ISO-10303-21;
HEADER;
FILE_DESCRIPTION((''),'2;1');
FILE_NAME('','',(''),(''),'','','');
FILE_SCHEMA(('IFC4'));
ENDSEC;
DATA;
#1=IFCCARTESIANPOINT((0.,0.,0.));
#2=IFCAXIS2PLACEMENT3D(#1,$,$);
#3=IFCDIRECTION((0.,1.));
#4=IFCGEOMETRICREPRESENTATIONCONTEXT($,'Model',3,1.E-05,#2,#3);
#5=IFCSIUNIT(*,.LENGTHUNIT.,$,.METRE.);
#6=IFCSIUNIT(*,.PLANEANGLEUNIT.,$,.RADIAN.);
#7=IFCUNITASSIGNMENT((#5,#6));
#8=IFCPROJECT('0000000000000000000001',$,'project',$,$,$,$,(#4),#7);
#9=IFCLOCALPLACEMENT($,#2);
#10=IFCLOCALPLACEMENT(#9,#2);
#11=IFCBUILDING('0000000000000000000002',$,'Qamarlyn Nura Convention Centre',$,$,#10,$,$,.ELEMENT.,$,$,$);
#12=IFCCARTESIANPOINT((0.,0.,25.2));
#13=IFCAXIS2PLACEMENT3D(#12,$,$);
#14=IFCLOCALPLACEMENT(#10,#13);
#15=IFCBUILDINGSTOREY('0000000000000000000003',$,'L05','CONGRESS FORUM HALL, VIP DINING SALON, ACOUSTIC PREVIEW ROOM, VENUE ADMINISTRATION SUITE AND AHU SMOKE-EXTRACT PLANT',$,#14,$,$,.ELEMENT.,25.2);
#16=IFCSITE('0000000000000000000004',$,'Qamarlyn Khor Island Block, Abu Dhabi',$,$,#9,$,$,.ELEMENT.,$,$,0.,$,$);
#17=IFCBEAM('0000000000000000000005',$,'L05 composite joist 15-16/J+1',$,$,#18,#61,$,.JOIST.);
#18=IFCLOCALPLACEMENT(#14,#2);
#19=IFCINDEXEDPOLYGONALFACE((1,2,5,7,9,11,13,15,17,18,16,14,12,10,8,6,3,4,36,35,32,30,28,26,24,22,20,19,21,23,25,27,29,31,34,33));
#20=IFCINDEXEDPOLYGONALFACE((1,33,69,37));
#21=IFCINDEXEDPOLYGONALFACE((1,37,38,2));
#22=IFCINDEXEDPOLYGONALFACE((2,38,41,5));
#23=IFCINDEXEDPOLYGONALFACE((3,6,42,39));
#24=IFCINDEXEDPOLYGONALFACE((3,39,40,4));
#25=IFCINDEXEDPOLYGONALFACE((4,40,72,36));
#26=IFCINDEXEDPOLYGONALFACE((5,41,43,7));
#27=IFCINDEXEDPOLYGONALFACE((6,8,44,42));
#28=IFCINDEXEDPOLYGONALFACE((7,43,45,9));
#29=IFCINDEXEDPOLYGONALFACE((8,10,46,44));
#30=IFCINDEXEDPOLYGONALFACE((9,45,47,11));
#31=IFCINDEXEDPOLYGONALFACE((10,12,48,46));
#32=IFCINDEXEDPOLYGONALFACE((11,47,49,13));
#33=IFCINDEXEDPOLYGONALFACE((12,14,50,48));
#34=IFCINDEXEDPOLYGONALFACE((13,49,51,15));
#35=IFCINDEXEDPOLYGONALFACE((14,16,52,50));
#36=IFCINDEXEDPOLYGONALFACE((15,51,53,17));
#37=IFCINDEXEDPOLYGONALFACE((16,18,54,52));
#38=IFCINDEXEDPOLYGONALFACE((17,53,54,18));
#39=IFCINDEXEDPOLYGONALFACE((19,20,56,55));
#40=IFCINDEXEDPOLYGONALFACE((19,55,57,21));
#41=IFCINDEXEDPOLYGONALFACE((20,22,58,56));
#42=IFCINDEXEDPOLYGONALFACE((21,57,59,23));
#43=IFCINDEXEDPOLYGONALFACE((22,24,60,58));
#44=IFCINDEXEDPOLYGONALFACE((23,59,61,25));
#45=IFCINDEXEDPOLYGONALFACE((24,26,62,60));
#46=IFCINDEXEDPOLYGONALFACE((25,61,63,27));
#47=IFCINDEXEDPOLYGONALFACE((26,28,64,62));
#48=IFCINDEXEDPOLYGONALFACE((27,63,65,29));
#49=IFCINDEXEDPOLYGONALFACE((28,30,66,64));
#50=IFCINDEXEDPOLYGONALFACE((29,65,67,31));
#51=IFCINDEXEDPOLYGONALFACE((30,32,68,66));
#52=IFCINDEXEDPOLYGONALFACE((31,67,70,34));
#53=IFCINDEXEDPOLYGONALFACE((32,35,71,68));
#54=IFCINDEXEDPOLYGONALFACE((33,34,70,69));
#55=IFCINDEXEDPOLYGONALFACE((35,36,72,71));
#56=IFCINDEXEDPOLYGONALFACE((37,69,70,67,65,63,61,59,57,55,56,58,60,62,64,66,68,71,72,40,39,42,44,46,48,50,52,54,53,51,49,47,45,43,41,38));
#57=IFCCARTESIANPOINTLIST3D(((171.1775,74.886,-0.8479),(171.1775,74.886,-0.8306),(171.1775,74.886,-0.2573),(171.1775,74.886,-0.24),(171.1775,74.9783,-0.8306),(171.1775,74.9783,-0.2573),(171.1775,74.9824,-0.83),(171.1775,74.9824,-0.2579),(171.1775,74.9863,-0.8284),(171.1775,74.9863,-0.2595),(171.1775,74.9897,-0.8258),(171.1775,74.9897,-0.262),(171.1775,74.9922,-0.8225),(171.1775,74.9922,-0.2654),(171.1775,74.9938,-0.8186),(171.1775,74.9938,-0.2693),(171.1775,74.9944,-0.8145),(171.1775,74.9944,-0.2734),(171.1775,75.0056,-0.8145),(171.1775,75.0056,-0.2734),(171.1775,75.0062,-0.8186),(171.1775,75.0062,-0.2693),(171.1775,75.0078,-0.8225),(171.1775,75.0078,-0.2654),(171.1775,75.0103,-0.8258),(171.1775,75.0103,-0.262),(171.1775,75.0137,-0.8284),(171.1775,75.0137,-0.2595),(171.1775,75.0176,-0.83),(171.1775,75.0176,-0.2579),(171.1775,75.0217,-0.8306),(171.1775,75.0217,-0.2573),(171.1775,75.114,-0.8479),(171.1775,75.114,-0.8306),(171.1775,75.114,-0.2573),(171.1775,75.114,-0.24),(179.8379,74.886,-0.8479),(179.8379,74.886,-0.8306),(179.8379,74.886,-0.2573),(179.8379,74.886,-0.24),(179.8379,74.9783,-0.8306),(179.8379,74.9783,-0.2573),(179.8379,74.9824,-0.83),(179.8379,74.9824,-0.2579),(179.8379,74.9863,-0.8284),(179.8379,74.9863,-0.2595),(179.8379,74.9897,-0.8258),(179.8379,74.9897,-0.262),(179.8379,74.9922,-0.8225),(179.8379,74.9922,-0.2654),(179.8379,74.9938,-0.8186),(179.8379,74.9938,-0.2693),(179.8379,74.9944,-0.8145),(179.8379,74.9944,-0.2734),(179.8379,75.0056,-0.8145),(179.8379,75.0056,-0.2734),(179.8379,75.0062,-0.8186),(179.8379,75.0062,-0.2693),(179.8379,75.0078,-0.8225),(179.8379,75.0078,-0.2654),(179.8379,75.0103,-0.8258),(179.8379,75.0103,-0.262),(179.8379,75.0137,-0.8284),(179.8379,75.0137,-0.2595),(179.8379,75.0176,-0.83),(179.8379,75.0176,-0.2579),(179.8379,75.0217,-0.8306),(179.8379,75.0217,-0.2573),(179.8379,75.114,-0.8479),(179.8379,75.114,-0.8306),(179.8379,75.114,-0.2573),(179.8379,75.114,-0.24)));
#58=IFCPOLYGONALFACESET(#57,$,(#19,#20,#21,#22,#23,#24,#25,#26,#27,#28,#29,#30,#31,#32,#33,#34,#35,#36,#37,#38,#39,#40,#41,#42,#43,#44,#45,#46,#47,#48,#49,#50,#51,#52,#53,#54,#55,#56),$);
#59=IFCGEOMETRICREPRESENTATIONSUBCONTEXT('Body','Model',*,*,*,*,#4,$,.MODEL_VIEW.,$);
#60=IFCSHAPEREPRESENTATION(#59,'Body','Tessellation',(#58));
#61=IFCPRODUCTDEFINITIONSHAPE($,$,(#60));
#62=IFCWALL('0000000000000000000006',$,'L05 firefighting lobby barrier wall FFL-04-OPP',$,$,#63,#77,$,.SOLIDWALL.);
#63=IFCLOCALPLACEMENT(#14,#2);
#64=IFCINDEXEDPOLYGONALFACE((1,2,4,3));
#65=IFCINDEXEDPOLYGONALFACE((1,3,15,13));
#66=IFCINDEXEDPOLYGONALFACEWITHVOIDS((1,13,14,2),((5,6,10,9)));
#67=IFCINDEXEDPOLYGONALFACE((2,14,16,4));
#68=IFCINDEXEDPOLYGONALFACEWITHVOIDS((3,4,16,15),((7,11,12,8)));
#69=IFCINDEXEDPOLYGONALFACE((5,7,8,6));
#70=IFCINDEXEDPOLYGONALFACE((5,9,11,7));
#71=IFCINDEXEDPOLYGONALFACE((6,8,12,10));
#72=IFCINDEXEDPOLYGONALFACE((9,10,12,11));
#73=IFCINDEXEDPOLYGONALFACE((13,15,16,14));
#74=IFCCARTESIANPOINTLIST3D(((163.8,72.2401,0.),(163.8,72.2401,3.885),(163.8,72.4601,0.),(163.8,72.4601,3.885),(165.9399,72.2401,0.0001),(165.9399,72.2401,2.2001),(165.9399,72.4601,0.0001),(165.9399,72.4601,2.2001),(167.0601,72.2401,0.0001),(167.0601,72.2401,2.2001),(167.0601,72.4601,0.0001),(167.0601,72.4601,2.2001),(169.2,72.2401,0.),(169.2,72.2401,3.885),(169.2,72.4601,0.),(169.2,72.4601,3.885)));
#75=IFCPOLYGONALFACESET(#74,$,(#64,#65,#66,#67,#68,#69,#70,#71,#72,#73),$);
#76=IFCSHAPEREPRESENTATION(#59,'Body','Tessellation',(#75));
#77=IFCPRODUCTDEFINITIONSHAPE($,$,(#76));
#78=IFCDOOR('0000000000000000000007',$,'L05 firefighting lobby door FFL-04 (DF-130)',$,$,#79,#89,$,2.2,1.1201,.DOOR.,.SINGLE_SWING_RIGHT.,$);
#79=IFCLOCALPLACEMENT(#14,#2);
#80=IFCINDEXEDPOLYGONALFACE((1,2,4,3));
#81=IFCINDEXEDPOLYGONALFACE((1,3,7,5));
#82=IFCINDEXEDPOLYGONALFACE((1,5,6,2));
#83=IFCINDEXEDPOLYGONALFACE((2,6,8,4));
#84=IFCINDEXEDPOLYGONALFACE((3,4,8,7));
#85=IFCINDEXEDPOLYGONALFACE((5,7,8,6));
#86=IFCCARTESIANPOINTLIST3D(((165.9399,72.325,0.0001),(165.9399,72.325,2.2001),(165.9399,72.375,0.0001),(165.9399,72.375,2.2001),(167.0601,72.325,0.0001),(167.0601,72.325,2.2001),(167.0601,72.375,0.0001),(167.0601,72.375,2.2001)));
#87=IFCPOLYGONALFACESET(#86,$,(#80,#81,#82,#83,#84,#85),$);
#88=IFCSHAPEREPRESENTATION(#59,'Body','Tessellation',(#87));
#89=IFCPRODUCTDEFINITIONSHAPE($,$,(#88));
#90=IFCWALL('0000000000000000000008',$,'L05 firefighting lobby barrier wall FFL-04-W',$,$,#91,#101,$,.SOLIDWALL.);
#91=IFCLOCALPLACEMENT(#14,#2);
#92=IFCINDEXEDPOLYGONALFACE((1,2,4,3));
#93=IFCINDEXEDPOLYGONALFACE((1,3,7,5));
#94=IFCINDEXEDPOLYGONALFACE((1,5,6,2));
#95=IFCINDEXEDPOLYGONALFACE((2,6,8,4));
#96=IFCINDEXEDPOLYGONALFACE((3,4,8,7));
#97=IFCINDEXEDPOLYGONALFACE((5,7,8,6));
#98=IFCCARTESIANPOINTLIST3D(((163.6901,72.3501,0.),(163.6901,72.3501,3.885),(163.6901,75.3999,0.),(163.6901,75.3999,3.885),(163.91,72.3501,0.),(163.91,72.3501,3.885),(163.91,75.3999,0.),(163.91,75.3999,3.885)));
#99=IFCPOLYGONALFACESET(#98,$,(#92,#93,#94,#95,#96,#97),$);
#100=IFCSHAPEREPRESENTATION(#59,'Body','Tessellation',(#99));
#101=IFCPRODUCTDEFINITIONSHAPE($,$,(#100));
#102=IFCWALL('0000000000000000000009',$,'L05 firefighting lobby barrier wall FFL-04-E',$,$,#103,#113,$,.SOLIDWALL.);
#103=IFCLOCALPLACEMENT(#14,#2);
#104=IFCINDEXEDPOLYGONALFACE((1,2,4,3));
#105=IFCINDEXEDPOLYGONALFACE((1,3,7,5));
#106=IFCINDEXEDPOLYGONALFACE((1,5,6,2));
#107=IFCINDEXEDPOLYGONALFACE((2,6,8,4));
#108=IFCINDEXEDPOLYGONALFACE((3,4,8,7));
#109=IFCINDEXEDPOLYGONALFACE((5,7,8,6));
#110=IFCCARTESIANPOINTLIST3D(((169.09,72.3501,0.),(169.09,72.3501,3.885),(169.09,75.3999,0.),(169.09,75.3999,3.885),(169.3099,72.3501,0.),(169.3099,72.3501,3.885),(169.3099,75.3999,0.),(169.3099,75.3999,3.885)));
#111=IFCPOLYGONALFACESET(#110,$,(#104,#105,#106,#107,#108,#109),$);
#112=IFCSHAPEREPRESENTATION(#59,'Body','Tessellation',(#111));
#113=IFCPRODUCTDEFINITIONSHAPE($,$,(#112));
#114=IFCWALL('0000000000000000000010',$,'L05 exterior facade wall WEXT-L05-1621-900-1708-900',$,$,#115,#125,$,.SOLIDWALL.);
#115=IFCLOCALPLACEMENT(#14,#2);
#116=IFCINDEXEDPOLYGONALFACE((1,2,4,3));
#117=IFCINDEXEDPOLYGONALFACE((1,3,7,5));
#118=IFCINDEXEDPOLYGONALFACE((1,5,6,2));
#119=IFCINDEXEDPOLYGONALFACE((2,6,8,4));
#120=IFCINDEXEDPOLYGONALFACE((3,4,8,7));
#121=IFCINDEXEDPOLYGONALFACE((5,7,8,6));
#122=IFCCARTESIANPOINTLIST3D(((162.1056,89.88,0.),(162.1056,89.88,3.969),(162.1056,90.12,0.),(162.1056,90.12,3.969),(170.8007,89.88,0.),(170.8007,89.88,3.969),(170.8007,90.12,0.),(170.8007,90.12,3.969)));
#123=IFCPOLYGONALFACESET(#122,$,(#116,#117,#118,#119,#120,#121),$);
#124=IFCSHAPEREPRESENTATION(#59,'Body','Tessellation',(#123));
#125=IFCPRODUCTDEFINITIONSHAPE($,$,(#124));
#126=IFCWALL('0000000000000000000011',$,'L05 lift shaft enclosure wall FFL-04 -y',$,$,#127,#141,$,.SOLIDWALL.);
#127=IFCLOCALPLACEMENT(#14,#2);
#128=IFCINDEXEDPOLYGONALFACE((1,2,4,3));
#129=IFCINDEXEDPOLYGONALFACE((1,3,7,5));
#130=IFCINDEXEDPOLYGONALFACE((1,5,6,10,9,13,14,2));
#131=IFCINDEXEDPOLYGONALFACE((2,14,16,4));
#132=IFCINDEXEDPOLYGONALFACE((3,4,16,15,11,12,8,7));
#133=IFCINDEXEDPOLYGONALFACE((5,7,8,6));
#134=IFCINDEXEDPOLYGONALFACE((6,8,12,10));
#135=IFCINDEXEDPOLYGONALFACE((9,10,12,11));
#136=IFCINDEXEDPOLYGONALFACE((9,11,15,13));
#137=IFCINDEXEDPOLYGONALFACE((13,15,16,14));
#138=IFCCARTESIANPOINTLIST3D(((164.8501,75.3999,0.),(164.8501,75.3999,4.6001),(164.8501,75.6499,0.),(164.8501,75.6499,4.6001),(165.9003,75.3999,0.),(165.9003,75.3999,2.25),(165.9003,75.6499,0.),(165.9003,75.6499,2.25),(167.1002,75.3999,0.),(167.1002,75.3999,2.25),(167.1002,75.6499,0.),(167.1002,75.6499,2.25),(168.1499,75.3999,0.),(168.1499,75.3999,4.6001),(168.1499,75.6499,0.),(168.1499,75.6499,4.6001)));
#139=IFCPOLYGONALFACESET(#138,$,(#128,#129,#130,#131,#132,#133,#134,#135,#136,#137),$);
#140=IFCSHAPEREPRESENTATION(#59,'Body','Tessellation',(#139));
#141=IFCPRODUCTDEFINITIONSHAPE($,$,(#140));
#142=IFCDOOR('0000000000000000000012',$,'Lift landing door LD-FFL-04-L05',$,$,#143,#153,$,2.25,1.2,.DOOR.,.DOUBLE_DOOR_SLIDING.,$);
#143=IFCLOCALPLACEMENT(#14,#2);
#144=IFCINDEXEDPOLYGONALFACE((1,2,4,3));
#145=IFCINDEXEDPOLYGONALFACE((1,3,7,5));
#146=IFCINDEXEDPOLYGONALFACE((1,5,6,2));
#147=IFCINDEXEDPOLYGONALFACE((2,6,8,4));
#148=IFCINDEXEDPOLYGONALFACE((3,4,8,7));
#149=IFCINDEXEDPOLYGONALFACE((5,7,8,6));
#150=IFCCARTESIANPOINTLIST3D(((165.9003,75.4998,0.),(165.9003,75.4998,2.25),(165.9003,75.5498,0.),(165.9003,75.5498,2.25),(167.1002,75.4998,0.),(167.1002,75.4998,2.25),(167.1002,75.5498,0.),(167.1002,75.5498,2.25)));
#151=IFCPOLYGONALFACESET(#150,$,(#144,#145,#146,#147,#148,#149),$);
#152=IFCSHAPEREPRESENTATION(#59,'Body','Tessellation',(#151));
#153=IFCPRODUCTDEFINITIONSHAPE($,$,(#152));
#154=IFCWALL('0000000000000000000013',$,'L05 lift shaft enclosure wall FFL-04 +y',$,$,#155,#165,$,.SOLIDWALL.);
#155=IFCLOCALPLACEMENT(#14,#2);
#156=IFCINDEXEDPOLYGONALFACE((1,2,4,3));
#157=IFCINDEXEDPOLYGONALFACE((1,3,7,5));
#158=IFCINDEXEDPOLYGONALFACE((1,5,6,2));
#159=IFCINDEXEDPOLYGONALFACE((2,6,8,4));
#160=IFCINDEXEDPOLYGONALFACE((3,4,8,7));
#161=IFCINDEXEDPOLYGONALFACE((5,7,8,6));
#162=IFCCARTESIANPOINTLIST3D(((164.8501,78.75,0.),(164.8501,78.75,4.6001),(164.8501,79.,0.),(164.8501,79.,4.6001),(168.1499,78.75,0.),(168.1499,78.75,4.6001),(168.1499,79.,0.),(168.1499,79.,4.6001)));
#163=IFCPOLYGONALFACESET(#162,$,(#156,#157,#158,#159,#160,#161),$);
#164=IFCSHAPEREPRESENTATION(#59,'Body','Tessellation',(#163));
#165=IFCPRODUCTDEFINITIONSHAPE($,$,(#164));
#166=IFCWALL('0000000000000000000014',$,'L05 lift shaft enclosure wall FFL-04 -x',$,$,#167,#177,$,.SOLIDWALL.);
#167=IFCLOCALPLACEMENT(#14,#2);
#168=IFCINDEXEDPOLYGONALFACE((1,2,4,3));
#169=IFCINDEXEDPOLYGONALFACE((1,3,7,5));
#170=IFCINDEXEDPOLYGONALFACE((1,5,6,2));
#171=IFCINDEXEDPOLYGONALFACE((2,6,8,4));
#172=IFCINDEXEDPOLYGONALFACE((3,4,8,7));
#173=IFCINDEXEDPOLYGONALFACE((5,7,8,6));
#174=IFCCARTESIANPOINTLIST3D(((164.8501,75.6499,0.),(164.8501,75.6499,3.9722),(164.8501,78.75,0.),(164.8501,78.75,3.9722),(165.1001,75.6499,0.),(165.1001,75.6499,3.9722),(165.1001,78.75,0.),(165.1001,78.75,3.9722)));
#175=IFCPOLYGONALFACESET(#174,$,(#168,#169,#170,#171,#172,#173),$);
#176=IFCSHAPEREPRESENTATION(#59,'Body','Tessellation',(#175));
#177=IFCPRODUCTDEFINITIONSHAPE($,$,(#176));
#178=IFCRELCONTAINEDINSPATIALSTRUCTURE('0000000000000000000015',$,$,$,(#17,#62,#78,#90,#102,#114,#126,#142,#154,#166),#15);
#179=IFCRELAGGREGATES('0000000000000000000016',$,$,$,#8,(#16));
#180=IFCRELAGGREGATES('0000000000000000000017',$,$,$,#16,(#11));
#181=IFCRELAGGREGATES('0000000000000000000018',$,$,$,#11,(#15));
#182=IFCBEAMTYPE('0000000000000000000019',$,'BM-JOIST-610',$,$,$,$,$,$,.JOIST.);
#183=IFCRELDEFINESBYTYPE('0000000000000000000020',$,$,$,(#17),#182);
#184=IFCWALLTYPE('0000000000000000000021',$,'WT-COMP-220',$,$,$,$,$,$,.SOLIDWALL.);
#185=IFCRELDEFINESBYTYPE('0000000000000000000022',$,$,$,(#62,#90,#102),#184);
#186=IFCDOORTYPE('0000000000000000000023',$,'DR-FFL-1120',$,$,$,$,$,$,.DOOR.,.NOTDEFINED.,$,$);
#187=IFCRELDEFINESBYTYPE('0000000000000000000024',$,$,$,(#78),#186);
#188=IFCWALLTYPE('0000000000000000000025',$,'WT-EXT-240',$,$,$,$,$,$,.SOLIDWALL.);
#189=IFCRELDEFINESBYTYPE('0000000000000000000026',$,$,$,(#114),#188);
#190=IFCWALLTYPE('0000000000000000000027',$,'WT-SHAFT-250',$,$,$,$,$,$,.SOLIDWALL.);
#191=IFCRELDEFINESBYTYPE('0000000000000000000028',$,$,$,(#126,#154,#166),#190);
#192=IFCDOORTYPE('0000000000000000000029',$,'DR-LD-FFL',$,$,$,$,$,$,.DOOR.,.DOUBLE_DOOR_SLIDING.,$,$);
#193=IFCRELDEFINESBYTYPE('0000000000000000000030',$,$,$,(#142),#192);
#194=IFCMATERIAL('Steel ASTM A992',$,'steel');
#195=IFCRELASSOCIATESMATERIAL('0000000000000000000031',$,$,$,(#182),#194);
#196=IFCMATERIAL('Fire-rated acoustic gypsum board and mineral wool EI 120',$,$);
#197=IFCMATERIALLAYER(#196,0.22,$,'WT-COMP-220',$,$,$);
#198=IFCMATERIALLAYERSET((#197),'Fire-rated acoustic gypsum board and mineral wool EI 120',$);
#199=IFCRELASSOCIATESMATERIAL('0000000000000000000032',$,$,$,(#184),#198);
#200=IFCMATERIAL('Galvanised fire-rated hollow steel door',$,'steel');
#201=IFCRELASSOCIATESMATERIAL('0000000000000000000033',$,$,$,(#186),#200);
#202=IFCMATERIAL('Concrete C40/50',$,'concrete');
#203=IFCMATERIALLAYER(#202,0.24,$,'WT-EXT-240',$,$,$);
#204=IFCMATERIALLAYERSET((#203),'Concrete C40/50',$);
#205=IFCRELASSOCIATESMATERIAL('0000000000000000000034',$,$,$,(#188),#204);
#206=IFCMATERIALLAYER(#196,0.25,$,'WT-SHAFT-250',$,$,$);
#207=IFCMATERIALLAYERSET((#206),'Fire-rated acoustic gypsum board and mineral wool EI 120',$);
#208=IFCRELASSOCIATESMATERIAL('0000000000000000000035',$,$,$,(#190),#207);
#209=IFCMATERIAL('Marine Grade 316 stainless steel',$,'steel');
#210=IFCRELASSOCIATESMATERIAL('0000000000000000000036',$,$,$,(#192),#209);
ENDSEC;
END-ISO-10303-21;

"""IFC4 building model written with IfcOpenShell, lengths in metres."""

from ifc_helpers import new_model, si_unit, direction, frame, frame_2d, origin, origin_2d, place, context, subcontext, project, spatial, rectangle, i_section, extrude, material, layer, layer_set, material_profile, profile_set, type_object, element, fill, save


model = new_model("IFC4")

# Units and contexts
model_context = context("Model", 3, precision=1e-05, world=origin(), true_north=direction((0.0, 1.0)))
body_context = subcontext(model_context, "Body", "Model", "MODEL_VIEW")
ifc_project = project(units=[si_unit("LENGTHUNIT", "METRE"), si_unit("PLANEANGLEUNIT", "RADIAN")], contexts=[model_context])

# Site, building, storey
site_placement = place(None, origin())
site = spatial("IfcSite", under=ifc_project, at=site_placement, Name="Qamarlyn Khor Island Block, Abu Dhabi", CompositionType="ELEMENT", RefElevation=0.0)
building_placement = place(site_placement, origin())
building = spatial("IfcBuilding", under=site, at=building_placement, Name="Qamarlyn Nura Convention Centre", CompositionType="ELEMENT")
storey_placement = place(building_placement, frame((0.0, 0.0, 25.2)))
storey = spatial("IfcBuildingStorey", under=building, at=storey_placement, Name="L05", Description="CONGRESS FORUM HALL, VIP DINING SALON, ACOUSTIC PREVIEW ROOM, VENUE ADMINISTRATION SUITE AND AHU SMOKE-EXTRACT PLANT", CompositionType="ELEMENT", Elevation=25.2)

# Shared definitions
ifc_material_1 = material(Name="Steel ASTM A992", Category="steel")

# Beam
ifc_material_profile_1 = material_profile(ifc_material_1, i_section(OverallWidth=0.228, OverallDepth=0.6079, WebThickness=0.0112, FlangeThickness=0.0173, FilletRadius=0.0161, at=origin_2d()), Name="W610X113")
ifc_profile_set_1 = profile_set([ifc_material_profile_1], Name="Steel ASTM A992")
beam_type_1 = type_object("IfcBeamType", Name="BM-JOIST-610", PredefinedType="JOIST", material=ifc_profile_set_1)
beam_1_placement = place(storey_placement, frame((171.1775, 75.0, -0.5439), z_axis=(1.0, 0.0, 0.0), x_axis=(0.0, 1.0, 0.0)))
element("IfcBeam", 1, at=beam_1_placement, inside=storey, type_object=beam_type_1, Name="L05 composite joist 15-16/J+1", PredefinedType="JOIST", context=body_context, shape_type="SweptSolid", body=[
    extrude(i_section(OverallWidth=0.228, OverallDepth=0.6079, WebThickness=0.0112, FlangeThickness=0.0173, FilletRadius=0.0161, at=origin_2d()), origin(), (0.0, 0.0, 1.0), 8.6604),
])

# Wall, opening, door
ifc_material_2 = material(Name="Fire-rated acoustic gypsum board and mineral wool EI 120")
ifc_layer_1 = layer(ifc_material_2, 0.22, Name="WT-COMP-220")
ifc_layer_set_1 = layer_set([ifc_layer_1], Name="Fire-rated acoustic gypsum board and mineral wool EI 120")
wall_type_1 = type_object("IfcWallType", Name="WT-COMP-220", PredefinedType="SOLIDWALL", material=ifc_layer_set_1)
wall_1_placement = place(storey_placement, frame((163.8, 72.3501, 0.0), z_axis=(0.0, 0.0, 1.0), x_axis=(1.0, 0.0, 0.0)))
wall_1 = element("IfcWall", 2, at=wall_1_placement, inside=storey, type_object=wall_type_1, Name="L05 firefighting lobby barrier wall FFL-04-OPP", PredefinedType="SOLIDWALL", context=body_context, shape_type="SweptSolid", body=[
    extrude(rectangle(XDim=5.3999, YDim=0.22, at=frame_2d((2.7, 0.0))), origin(), (0.0, 0.0, 1.0), 3.885),
])
opening_1_placement = place(wall_1_placement, frame((2.1399, 0.0, 0.0)))
opening_1 = element("IfcOpeningElement", 3, at=opening_1_placement, cuts=wall_1, PredefinedType="OPENING", context=body_context, shape_type="SweptSolid", body=[
    extrude(rectangle(XDim=1.1201, YDim=2.2, at=frame_2d((0.5601, 1.1001))), frame((0.0, 0.1201, 0.0), z_axis=(0.0, -1.0, 0.0), x_axis=(1.0, 0.0, 0.0)), (0.0, 0.0, 1.0), 0.24),
])
ifc_material_3 = material(Name="Galvanised fire-rated hollow steel door", Category="steel")
door_type_1 = type_object("IfcDoorType", Name="DR-FFL-1120", OperationType="NOTDEFINED", PredefinedType="DOOR", material=ifc_material_3)
door_1_placement = place(opening_1_placement, origin())
door_1 = element("IfcDoor", 4, at=door_1_placement, inside=storey, type_object=door_type_1, Name="L05 firefighting lobby door FFL-04 (DF-130)", OperationType="SINGLE_SWING_RIGHT", OverallHeight=2.2, OverallWidth=1.1201, PredefinedType="DOOR", context=body_context, shape_type="SweptSolid", body=[
    extrude(rectangle(XDim=1.1201, YDim=2.2, at=frame_2d((0.5601, 1.1001))), frame((0.0, 0.0249, 0.0), z_axis=(0.0, -1.0, 0.0), x_axis=(1.0, 0.0, 0.0)), (0.0, 0.0, 1.0), 0.05),
])
fill(opening_1, door_1)

# Walls
for number, where, z_axis, x_axis, name in (
    (5, (163.8, 72.3501, 0.0), (0.0, 0.0, 1.0), (0.0, 1.0, 0.0), "L05 firefighting lobby barrier wall FFL-04-W"),
    (6, (169.2, 72.3501, 0.0), (0.0, 0.0, 1.0), (0.0, 1.0, 0.0), "L05 firefighting lobby barrier wall FFL-04-E"),
):
    element("IfcWall", number, at=place(storey_placement, frame(where, z_axis=z_axis, x_axis=x_axis)), inside=storey, type_object=wall_type_1, Name=name, PredefinedType="SOLIDWALL", context=body_context, shape_type="SweptSolid", body=[
        extrude(rectangle(XDim=3.0498, YDim=0.22, at=frame_2d((1.5249, 0.0))), origin(), (0.0, 0.0, 1.0), 3.885),
    ])
ifc_material_4 = material(Name="Concrete C40/50", Category="concrete")
ifc_layer_2 = layer(ifc_material_4, 0.24, Name="WT-EXT-240")
ifc_layer_set_2 = layer_set([ifc_layer_2], Name="Concrete C40/50")
wall_type_2 = type_object("IfcWallType", Name="WT-EXT-240", PredefinedType="SOLIDWALL", material=ifc_layer_set_2)
wall_2_placement = place(storey_placement, frame((162.1055, 90.0, 0.0), z_axis=(0.0, 0.0, 1.0), x_axis=(1.0, 0.0, 0.0)))
element("IfcWall", 7, at=wall_2_placement, inside=storey, type_object=wall_type_2, Name="L05 exterior facade wall WEXT-L05-1621-900-1708-900", PredefinedType="SOLIDWALL", context=body_context, shape_type="SweptSolid", body=[
    extrude(rectangle(XDim=8.6951, YDim=0.24, at=frame_2d((4.3477, 0.0))), origin(), (0.0, 0.0, 1.0), 3.969),
])

# Wall, opening, door
ifc_layer_3 = layer(ifc_material_2, 0.25, Name="WT-SHAFT-250")
ifc_layer_set_3 = layer_set([ifc_layer_3], Name="Fire-rated acoustic gypsum board and mineral wool EI 120")
wall_type_3 = type_object("IfcWallType", Name="WT-SHAFT-250", PredefinedType="SOLIDWALL", material=ifc_layer_set_3)
wall_3_placement = place(storey_placement, frame((164.8501, 75.5249, 0.0), z_axis=(0.0, 0.0, 1.0), x_axis=(1.0, 0.0, 0.0)))
wall_3 = element("IfcWall", 8, at=wall_3_placement, inside=storey, type_object=wall_type_3, Name="L05 lift shaft enclosure wall FFL-04 -y", PredefinedType="SOLIDWALL", context=body_context, shape_type="SweptSolid", body=[
    extrude(rectangle(XDim=3.2998, YDim=0.25, at=frame_2d((1.6499, 0.0))), origin(), (0.0, 0.0, 1.0), 4.6001),
])
opening_2_placement = place(wall_3_placement, frame((1.05, 0.0, 0.0)))
opening_2 = element("IfcOpeningElement", 9, at=opening_2_placement, cuts=wall_3, PredefinedType="OPENING", context=body_context, shape_type="SweptSolid", body=[
    extrude(rectangle(XDim=1.2, YDim=2.25, at=frame_2d((0.6001, 1.125))), frame((0.0, 0.135, 0.0), z_axis=(0.0, -1.0, 0.0), x_axis=(1.0, 0.0, 0.0)), (0.0, 0.0, 1.0), 0.27),
])
ifc_material_5 = material(Name="Marine Grade 316 stainless steel", Category="steel")
door_type_2 = type_object("IfcDoorType", Name="DR-LD-FFL", OperationType="DOUBLE_DOOR_SLIDING", PredefinedType="DOOR", material=ifc_material_5)
door_2_placement = place(opening_2_placement, origin())
door_2 = element("IfcDoor", 10, at=door_2_placement, inside=storey, type_object=door_type_2, Name="Lift landing door LD-FFL-04-L05", OperationType="DOUBLE_DOOR_SLIDING", OverallHeight=2.25, OverallWidth=1.2, PredefinedType="DOOR", context=body_context, shape_type="SweptSolid", body=[
    extrude(rectangle(XDim=1.2, YDim=2.25, at=frame_2d((0.6001, 1.125))), frame((0.0, 0.0249, 0.0), z_axis=(0.0, -1.0, 0.0), x_axis=(1.0, 0.0, 0.0)), (0.0, 0.0, 1.0), 0.05),
])
fill(opening_2, door_2)

# Walls
wall_4_placement = place(storey_placement, frame((168.1499, 78.875, 0.0), z_axis=(0.0, 0.0, 1.0), x_axis=(-1.0, 0.0, 0.0)))
element("IfcWall", 11, at=wall_4_placement, inside=storey, type_object=wall_type_3, Name="L05 lift shaft enclosure wall FFL-04 +y", PredefinedType="SOLIDWALL", context=body_context, shape_type="SweptSolid", body=[
    extrude(rectangle(XDim=3.2998, YDim=0.25, at=frame_2d((1.6499, 0.0))), origin(), (0.0, 0.0, 1.0), 4.6001),
])
for number, where, z_axis, x_axis, name in (
    (12, (164.9751, 78.75, 0.0), (0.0, 0.0, 1.0), (0.0, -1.0, 0.0), "L05 lift shaft enclosure wall FFL-04 -x"),
):
    element("IfcWall", number, at=place(storey_placement, frame(where, z_axis=z_axis, x_axis=x_axis)), inside=storey, type_object=wall_type_3, Name=name, PredefinedType="SOLIDWALL", context=body_context, shape_type="SweptSolid", body=[
        extrude(rectangle(XDim=3.1001, YDim=0.25, at=frame_2d((1.55, 0.0))), origin(), (0.0, 0.0, 1.0), 3.9722),
    ])

save(model, "model.ifc")
